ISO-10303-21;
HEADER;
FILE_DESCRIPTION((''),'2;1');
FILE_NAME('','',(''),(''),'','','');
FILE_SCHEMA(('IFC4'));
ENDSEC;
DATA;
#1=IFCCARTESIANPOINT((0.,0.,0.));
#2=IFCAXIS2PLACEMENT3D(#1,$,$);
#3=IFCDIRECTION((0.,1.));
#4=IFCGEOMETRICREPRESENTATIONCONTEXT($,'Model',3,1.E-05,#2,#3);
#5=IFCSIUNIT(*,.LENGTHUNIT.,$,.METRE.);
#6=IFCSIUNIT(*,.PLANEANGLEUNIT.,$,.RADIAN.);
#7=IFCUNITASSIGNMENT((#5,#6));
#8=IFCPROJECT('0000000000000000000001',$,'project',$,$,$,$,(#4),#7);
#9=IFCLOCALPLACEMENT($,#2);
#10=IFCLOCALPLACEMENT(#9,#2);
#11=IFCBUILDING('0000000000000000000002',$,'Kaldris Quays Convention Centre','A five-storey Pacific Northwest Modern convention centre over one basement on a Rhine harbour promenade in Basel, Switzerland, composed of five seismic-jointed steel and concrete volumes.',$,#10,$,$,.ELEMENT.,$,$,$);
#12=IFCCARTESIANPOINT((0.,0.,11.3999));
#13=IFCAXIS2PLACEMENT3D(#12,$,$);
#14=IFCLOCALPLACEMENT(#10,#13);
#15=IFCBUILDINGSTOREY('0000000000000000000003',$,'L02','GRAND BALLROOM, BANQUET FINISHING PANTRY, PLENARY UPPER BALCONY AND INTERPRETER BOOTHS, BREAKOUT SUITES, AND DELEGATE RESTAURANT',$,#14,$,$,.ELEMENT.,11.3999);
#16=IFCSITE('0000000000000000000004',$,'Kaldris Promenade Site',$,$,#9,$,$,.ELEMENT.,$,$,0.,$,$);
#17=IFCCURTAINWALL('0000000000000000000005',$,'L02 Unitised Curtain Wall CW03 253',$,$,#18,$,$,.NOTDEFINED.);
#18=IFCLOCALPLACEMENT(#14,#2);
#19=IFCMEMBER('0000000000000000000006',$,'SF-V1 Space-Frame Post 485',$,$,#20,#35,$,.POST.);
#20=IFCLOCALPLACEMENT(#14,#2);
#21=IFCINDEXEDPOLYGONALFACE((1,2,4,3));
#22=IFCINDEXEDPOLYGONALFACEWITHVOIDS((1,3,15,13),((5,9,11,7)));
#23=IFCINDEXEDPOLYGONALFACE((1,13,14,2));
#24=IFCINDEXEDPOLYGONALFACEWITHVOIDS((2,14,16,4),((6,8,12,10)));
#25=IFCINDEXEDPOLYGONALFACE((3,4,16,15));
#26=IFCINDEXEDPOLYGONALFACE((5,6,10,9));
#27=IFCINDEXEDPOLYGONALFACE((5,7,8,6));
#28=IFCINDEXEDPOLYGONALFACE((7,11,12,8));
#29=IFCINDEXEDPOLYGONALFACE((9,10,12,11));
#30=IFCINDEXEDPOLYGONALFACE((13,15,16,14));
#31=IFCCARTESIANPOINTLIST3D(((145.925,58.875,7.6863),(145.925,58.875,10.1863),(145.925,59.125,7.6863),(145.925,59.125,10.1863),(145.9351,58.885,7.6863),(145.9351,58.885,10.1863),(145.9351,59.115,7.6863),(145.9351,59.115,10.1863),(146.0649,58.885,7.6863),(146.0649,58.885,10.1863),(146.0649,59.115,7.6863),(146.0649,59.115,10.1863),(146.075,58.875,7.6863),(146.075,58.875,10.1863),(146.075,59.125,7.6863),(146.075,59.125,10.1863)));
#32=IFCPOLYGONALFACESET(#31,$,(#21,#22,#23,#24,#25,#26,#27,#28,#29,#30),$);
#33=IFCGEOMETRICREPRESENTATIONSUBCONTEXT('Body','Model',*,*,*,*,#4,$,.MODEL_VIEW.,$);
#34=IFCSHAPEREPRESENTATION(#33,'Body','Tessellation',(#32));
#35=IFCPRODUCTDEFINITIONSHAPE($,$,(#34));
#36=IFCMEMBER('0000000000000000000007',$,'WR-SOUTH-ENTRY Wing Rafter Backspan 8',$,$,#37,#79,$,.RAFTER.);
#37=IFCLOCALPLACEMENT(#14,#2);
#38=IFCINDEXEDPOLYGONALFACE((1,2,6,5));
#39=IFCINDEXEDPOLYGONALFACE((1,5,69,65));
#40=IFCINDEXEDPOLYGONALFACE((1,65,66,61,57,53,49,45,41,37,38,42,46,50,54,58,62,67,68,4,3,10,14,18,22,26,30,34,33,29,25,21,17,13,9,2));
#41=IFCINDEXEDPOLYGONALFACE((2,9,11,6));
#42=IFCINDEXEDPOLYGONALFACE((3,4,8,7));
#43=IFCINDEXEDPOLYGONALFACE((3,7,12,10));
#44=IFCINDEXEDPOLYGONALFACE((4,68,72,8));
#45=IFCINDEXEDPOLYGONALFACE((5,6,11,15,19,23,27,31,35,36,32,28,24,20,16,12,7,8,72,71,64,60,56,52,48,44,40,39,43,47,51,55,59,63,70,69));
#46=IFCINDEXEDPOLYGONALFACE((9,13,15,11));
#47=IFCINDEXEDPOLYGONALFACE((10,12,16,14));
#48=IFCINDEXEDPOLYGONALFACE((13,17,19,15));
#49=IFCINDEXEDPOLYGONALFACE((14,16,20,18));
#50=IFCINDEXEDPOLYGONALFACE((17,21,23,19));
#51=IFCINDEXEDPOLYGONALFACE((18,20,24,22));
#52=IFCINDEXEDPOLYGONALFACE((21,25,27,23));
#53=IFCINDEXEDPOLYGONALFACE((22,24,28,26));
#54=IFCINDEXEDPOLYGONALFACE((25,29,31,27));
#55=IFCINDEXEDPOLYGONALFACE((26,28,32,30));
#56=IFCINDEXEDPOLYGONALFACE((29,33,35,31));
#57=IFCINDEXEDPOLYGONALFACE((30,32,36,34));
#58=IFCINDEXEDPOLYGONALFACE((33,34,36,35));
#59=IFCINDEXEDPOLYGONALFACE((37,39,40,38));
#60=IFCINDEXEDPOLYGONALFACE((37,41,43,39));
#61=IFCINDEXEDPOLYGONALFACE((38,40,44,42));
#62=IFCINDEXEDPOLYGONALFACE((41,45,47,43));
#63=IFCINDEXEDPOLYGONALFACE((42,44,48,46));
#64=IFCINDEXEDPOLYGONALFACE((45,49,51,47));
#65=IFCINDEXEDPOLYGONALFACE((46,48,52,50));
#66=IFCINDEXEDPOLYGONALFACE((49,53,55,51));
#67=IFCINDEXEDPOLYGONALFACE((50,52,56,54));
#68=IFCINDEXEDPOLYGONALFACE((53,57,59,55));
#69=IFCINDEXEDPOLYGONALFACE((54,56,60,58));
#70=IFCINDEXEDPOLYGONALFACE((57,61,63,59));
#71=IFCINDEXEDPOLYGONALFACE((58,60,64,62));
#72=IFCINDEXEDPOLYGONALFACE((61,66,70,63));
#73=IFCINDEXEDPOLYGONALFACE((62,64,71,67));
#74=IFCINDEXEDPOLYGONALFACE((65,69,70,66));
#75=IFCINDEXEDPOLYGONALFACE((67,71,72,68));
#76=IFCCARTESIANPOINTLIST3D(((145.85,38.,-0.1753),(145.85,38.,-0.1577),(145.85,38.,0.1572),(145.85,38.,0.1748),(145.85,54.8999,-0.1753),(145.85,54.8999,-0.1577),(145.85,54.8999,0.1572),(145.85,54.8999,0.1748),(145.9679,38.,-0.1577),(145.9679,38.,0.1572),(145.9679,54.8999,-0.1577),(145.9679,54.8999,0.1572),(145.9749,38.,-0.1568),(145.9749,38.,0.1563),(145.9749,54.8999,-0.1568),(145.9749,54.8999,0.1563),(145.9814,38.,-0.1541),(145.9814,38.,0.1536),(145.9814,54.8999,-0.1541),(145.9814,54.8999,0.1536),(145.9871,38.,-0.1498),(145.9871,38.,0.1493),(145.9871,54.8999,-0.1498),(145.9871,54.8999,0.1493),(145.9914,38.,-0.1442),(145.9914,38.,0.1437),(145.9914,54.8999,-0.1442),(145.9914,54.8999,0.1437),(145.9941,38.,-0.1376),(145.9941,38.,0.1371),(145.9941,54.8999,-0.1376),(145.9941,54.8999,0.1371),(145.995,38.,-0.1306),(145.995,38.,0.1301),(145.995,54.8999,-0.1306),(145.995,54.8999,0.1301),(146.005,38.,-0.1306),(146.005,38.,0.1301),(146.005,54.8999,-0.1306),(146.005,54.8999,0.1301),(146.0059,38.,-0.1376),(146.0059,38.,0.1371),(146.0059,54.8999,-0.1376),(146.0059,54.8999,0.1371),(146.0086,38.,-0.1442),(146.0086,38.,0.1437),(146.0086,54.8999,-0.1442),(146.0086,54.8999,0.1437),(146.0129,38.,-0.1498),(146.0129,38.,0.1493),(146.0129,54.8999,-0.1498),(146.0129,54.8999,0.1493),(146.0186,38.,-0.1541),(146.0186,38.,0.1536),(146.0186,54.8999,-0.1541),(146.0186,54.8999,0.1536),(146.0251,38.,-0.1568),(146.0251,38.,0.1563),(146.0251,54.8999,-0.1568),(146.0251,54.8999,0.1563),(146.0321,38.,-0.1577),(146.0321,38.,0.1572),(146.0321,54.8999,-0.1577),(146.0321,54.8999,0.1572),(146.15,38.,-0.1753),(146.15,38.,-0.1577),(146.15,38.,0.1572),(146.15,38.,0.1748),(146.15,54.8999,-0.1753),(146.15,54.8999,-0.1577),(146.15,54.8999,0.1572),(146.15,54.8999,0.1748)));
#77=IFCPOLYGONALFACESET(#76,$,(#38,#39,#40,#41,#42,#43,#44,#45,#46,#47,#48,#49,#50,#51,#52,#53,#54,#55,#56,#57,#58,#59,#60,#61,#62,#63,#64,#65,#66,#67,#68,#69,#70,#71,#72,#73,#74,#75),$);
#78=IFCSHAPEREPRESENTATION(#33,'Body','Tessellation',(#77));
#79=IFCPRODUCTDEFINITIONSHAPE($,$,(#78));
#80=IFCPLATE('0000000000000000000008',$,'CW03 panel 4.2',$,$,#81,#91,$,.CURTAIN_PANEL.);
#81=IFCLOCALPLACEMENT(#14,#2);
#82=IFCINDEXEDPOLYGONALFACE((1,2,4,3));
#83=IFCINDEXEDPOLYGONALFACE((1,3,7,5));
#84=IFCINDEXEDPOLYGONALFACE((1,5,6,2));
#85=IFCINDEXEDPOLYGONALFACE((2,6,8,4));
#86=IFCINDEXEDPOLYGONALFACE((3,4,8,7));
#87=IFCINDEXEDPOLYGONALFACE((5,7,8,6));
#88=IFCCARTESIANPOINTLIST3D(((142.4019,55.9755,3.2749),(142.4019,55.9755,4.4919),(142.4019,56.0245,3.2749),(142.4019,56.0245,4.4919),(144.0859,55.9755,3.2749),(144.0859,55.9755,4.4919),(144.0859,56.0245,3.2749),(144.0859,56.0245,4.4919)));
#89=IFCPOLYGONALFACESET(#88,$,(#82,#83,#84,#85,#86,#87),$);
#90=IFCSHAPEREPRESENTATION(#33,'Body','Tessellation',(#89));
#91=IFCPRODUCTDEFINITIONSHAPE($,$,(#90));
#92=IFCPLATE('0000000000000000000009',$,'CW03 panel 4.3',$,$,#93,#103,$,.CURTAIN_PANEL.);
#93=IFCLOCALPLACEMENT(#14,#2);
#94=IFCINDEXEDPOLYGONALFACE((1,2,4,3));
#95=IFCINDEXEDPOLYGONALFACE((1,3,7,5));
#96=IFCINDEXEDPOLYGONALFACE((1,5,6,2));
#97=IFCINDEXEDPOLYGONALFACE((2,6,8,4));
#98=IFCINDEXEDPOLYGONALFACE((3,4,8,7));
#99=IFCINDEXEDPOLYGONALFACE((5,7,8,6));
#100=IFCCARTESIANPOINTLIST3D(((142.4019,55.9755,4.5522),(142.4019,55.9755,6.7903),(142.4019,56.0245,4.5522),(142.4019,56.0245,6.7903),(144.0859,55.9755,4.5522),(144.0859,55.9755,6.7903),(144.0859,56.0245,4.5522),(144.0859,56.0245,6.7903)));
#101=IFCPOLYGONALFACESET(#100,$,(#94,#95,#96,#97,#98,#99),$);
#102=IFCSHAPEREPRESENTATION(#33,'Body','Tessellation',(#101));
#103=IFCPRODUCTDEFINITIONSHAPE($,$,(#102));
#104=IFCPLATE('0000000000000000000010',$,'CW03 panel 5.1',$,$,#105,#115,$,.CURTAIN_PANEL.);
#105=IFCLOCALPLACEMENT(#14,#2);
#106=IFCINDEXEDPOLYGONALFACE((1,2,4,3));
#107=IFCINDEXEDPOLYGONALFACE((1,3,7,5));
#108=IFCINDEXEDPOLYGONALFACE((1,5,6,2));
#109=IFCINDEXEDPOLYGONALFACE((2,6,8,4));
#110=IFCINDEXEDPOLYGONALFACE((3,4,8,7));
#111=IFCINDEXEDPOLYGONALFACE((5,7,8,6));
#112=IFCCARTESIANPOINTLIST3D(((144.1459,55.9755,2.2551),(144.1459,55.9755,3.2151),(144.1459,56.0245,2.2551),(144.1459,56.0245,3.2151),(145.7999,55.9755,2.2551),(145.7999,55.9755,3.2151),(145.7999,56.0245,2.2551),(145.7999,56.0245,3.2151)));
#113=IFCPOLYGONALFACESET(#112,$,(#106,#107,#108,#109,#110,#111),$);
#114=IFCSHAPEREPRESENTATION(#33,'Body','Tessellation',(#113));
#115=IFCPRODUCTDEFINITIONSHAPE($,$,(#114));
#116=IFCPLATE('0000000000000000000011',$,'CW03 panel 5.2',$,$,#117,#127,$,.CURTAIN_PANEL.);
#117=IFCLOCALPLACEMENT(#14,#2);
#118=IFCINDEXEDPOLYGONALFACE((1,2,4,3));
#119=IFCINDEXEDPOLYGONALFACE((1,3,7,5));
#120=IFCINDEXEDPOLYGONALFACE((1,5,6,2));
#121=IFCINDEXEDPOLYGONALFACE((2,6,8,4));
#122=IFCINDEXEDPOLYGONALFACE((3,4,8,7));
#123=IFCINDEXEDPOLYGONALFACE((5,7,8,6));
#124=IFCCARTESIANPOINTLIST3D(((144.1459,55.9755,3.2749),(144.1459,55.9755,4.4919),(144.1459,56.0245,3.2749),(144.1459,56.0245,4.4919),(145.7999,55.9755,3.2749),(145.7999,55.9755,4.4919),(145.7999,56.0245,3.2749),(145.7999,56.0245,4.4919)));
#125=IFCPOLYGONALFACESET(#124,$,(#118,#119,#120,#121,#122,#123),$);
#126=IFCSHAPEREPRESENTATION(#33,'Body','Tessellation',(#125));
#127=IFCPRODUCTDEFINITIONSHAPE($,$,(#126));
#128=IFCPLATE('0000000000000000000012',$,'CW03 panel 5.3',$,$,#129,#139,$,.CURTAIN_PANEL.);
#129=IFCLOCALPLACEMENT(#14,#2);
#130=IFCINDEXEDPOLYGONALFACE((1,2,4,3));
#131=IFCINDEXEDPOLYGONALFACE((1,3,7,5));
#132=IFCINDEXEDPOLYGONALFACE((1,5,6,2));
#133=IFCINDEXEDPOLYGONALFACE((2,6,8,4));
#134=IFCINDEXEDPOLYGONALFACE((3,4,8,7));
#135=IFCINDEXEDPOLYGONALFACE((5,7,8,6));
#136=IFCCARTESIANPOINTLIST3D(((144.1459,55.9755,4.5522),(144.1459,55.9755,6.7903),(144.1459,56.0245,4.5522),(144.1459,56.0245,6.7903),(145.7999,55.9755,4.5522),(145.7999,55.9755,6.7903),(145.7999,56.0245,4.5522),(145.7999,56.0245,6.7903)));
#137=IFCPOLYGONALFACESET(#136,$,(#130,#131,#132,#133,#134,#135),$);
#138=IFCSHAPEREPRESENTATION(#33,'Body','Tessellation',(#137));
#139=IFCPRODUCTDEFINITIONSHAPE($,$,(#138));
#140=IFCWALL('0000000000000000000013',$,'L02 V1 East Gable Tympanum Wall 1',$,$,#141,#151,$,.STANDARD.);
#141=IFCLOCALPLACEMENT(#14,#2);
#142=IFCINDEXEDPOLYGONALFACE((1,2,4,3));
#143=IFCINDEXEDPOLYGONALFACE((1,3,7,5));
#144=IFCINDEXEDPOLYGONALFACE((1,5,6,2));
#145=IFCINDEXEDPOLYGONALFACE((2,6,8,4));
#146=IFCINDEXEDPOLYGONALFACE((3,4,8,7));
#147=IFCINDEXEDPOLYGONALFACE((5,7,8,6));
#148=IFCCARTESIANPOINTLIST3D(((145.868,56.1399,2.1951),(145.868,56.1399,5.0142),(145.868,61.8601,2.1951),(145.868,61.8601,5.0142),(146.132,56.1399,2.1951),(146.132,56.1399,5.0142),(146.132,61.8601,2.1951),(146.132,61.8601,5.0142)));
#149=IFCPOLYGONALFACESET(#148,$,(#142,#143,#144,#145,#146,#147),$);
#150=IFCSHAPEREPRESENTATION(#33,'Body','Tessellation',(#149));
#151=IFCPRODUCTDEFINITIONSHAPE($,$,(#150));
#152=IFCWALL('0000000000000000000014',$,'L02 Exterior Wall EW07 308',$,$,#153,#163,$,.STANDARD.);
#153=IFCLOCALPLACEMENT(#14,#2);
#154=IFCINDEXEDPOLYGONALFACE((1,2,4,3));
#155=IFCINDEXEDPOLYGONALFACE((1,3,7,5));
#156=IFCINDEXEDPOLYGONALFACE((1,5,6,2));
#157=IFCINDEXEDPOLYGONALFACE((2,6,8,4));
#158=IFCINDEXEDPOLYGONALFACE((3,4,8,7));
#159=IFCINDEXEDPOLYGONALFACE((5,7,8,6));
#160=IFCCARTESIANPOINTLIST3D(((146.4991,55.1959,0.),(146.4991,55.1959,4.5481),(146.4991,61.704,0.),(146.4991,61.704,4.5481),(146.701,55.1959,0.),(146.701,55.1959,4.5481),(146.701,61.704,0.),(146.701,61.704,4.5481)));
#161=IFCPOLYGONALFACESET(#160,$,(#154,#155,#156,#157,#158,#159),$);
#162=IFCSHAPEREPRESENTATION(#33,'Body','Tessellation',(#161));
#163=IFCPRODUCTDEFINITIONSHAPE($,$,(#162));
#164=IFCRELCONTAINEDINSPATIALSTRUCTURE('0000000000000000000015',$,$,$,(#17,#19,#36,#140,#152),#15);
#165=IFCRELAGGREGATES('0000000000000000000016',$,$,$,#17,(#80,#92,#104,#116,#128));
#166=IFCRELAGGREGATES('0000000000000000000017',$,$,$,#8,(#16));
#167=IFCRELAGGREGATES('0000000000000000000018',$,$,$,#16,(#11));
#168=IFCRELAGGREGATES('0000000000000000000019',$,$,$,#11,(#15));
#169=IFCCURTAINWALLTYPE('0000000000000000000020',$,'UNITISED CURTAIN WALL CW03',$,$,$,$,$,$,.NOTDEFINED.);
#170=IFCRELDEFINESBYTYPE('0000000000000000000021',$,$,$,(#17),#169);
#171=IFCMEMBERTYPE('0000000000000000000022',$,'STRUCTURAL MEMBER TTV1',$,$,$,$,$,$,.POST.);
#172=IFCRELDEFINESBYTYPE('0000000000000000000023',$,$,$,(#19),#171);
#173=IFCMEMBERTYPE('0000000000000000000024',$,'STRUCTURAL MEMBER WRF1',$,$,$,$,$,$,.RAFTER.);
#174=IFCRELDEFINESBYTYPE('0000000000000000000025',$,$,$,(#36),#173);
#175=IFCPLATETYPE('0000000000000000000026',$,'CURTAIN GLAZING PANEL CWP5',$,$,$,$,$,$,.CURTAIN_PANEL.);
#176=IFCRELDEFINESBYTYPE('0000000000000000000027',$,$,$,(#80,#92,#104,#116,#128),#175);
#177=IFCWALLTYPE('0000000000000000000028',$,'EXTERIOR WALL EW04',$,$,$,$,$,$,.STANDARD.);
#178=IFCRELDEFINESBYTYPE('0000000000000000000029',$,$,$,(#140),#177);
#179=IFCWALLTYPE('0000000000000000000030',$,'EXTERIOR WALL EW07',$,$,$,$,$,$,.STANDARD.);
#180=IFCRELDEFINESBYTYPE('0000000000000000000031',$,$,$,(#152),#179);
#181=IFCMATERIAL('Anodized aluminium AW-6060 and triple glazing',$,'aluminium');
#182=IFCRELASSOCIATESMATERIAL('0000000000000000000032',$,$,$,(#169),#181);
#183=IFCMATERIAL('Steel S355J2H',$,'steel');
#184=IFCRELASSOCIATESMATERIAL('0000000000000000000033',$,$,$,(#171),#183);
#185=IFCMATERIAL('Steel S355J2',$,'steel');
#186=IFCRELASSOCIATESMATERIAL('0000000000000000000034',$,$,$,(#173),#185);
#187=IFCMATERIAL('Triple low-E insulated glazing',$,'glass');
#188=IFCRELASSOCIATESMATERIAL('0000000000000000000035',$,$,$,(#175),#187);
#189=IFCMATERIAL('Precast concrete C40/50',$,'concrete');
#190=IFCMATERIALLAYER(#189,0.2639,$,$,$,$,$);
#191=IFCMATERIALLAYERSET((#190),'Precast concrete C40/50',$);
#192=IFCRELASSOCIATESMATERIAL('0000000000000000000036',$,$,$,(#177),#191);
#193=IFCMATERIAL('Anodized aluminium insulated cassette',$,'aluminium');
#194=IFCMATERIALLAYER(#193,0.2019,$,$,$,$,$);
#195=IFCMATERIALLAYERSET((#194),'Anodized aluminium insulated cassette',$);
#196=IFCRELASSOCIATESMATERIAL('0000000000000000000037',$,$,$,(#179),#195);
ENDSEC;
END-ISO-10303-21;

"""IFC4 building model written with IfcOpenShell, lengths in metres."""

from ifc_helpers import new_model, si_unit, direction, frame, frame_2d, origin, origin_2d, place, context, subcontext, project, spatial, rectangle, hollow_rectangle, i_section, extrude, material, layer, layer_set, material_profile, profile_set, type_object, element, aggregate, save


model = new_model("IFC4")

# Units and contexts
model_context = context("Model", 3, precision=1e-05, world=origin(), true_north=direction((0.0, 1.0)))
body_context = subcontext(model_context, "Body", "Model", "MODEL_VIEW")
ifc_project = project(units=[si_unit("LENGTHUNIT", "METRE"), si_unit("PLANEANGLEUNIT", "RADIAN")], contexts=[model_context])

# Site, building, storey
site_placement = place(None, origin())
site = spatial("IfcSite", under=ifc_project, at=site_placement, Name="Kaldris Promenade Site", CompositionType="ELEMENT", RefElevation=0.0)
building_placement = place(site_placement, origin())
building = spatial("IfcBuilding", under=site, at=building_placement, Name="Kaldris Quays Convention Centre", Description="A five-storey Pacific Northwest Modern convention centre over one basement on a Rhine harbour promenade in Basel, Switzerland, composed of five seismic-jointed steel and concrete volumes.", CompositionType="ELEMENT")
storey_placement = place(building_placement, frame((0.0, 0.0, 11.3999)))
storey = spatial("IfcBuildingStorey", under=building, at=storey_placement, Name="L02", Description="GRAND BALLROOM, BANQUET FINISHING PANTRY, PLENARY UPPER BALCONY AND INTERPRETER BOOTHS, BREAKOUT SUITES, AND DELEGATE RESTAURANT", CompositionType="ELEMENT", Elevation=11.3999)

# Shared definitions
ifc_material_1 = material(Name="Steel S355J2", Category="steel")

# Curtain wall
ifc_material_2 = material(Name="Anodized aluminium AW-6060 and triple glazing", Category="aluminium")
curtain_wall_type = type_object("IfcCurtainWallType", Name="UNITISED CURTAIN WALL CW03", PredefinedType="NOTDEFINED", material=ifc_material_2)
curtain_wall_placement = place(storey_placement, origin())
curtain_wall = element("IfcCurtainWall", 1, at=curtain_wall_placement, inside=storey, type_object=curtain_wall_type, Name="L02 Unitised Curtain Wall CW03 253", PredefinedType="NOTDEFINED")

# Members
ifc_material_3 = material(Name="Steel S355J2H", Category="steel")
ifc_material_profile_1 = material_profile(ifc_material_3, hollow_rectangle(XDim=0.1499, YDim=0.25, WallThickness=0.01, at=origin_2d()), Name="RHS 250x150x10")
ifc_profile_set_1 = profile_set([ifc_material_profile_1], Name="Steel S355J2H")
member_type_1 = type_object("IfcMemberType", Name="STRUCTURAL MEMBER TTV1", PredefinedType="POST", material=ifc_profile_set_1)
member_1_placement = place(storey_placement, frame((146.0, 59.0, 7.6863), z_axis=(0.0, 0.0, 1.0), x_axis=(1.0, 0.0, 0.0)))
element("IfcMember", 2, at=member_1_placement, inside=storey, type_object=member_type_1, Name="SF-V1 Space-Frame Post 485", PredefinedType="POST", context=body_context, shape_type="SweptSolid", body=[
    extrude(hollow_rectangle(XDim=0.1499, YDim=0.25, WallThickness=0.01, at=origin_2d()), origin(), (0.0, 0.0, 1.0), 2.5),
])
ifc_material_profile_2 = material_profile(ifc_material_1, i_section(OverallWidth=0.3, OverallDepth=0.3501, WebThickness=0.01, FlangeThickness=0.0176, FilletRadius=0.0271, at=origin_2d()), Name="HEA 360")
ifc_profile_set_2 = profile_set([ifc_material_profile_2], Name="Steel S355J2")
member_type_2 = type_object("IfcMemberType", Name="STRUCTURAL MEMBER WRF1", PredefinedType="RAFTER", material=ifc_profile_set_2)
member_2_placement = place(storey_placement, frame((146.0, 54.8999, -0.0002), z_axis=(0.0, -1.0, 0.0), x_axis=(1.0, 0.0, 0.0)))
element("IfcMember", 3, at=member_2_placement, inside=storey, type_object=member_type_2, Name="WR-SOUTH-ENTRY Wing Rafter Backspan 8", PredefinedType="RAFTER", context=body_context, shape_type="SweptSolid", body=[
    extrude(i_section(OverallWidth=0.3, OverallDepth=0.3501, WebThickness=0.01, FlangeThickness=0.0176, FilletRadius=0.0271, at=origin_2d()), origin(), (0.0, 0.0, 1.0), 16.8999),
])

# Plates
ifc_material_4 = material(Name="Triple low-E insulated glazing", Category="glass")
plate_type = type_object("IfcPlateType", Name="CURTAIN GLAZING PANEL CWP5", PredefinedType="CURTAIN_PANEL", material=ifc_material_4)
plate_1_placement = place(storey_placement, frame((143.2439, 56.0, 3.2749), z_axis=(0.0, 0.0, 1.0), x_axis=(1.0, 0.0, 0.0)))
plate_1 = element("IfcPlate", 4, at=plate_1_placement, type_object=plate_type, Name="CW03 panel 4.2", PredefinedType="CURTAIN_PANEL", context=body_context, shape_type="SweptSolid", body=[
    extrude(rectangle(XDim=1.6841, YDim=0.0491, at=origin_2d()), origin(), (0.0, 0.0, 1.0), 1.217),
])
plate_2_placement = place(storey_placement, frame((143.2439, 56.0, 4.5522), z_axis=(0.0, 0.0, 1.0), x_axis=(1.0, 0.0, 0.0)))
plate_2 = element("IfcPlate", 5, at=plate_2_placement, type_object=plate_type, Name="CW03 panel 4.3", PredefinedType="CURTAIN_PANEL", context=body_context, shape_type="SweptSolid", body=[
    extrude(rectangle(XDim=1.6841, YDim=0.0491, at=origin_2d()), origin(), (0.0, 0.0, 1.0), 2.238),
])
plate_3_placement = place(storey_placement, frame((144.9729, 56.0, 2.2551), z_axis=(0.0, 0.0, 1.0), x_axis=(1.0, 0.0, 0.0)))
plate_3 = element("IfcPlate", 6, at=plate_3_placement, type_object=plate_type, Name="CW03 panel 5.1", PredefinedType="CURTAIN_PANEL", context=body_context, shape_type="SweptSolid", body=[
    extrude(rectangle(XDim=1.6541, YDim=0.0491, at=origin_2d()), origin(), (0.0, 0.0, 1.0), 0.96),
])
plate_4_placement = place(storey_placement, frame((144.9729, 56.0, 3.2749), z_axis=(0.0, 0.0, 1.0), x_axis=(1.0, 0.0, 0.0)))
plate_4 = element("IfcPlate", 7, at=plate_4_placement, type_object=plate_type, Name="CW03 panel 5.2", PredefinedType="CURTAIN_PANEL", context=body_context, shape_type="SweptSolid", body=[
    extrude(rectangle(XDim=1.6541, YDim=0.0491, at=origin_2d()), origin(), (0.0, 0.0, 1.0), 1.217),
])
plate_5_placement = place(storey_placement, frame((144.9729, 56.0, 4.5522), z_axis=(0.0, 0.0, 1.0), x_axis=(1.0, 0.0, 0.0)))
plate_5 = element("IfcPlate", 8, at=plate_5_placement, type_object=plate_type, Name="CW03 panel 5.3", PredefinedType="CURTAIN_PANEL", context=body_context, shape_type="SweptSolid", body=[
    extrude(rectangle(XDim=1.6541, YDim=0.0491, at=origin_2d()), origin(), (0.0, 0.0, 1.0), 2.238),
])
aggregate(curtain_wall, [plate_1, plate_2, plate_3, plate_4, plate_5])

# Walls
ifc_material_5 = material(Name="Precast concrete C40/50", Category="concrete")
ifc_layer_1 = layer(ifc_material_5, 0.2639)
ifc_layer_set_1 = layer_set([ifc_layer_1], Name="Precast concrete C40/50")
wall_type_1 = type_object("IfcWallType", Name="EXTERIOR WALL EW04", PredefinedType="STANDARD", material=ifc_layer_set_1)
wall_1_placement = place(storey_placement, frame((146.0, 56.1399, 2.1951), z_axis=(0.0, 0.0, 1.0), x_axis=(0.0, 1.0, 0.0)))
element("IfcWall", 9, at=wall_1_placement, inside=storey, type_object=wall_type_1, Name="L02 V1 East Gable Tympanum Wall 1", PredefinedType="STANDARD", context=body_context, shape_type="SweptSolid", body=[
    extrude(rectangle(XDim=5.7202, YDim=0.2639, at=frame_2d((2.8601, 0.0))), origin(), (0.0, 0.0, 1.0), 2.8191),
])
ifc_material_6 = material(Name="Anodized aluminium insulated cassette", Category="aluminium")
ifc_layer_2 = layer(ifc_material_6, 0.2019)
ifc_layer_set_2 = layer_set([ifc_layer_2], Name="Anodized aluminium insulated cassette")
wall_type_2 = type_object("IfcWallType", Name="EXTERIOR WALL EW07", PredefinedType="STANDARD", material=ifc_layer_set_2)
wall_2_placement = place(storey_placement, frame((146.6001, 55.196, 0.0), z_axis=(0.0, 0.0, 1.0), x_axis=(0.0, 1.0, 0.0)))
element("IfcWall", 10, at=wall_2_placement, inside=storey, type_object=wall_type_2, Name="L02 Exterior Wall EW07 308", PredefinedType="STANDARD", context=body_context, shape_type="SweptSolid", body=[
    extrude(rectangle(XDim=6.5081, YDim=0.2019, at=frame_2d((3.2539, 0.0))), origin(), (0.0, 0.0, 1.0), 4.5481),
])

save(model, "model.ifc")
